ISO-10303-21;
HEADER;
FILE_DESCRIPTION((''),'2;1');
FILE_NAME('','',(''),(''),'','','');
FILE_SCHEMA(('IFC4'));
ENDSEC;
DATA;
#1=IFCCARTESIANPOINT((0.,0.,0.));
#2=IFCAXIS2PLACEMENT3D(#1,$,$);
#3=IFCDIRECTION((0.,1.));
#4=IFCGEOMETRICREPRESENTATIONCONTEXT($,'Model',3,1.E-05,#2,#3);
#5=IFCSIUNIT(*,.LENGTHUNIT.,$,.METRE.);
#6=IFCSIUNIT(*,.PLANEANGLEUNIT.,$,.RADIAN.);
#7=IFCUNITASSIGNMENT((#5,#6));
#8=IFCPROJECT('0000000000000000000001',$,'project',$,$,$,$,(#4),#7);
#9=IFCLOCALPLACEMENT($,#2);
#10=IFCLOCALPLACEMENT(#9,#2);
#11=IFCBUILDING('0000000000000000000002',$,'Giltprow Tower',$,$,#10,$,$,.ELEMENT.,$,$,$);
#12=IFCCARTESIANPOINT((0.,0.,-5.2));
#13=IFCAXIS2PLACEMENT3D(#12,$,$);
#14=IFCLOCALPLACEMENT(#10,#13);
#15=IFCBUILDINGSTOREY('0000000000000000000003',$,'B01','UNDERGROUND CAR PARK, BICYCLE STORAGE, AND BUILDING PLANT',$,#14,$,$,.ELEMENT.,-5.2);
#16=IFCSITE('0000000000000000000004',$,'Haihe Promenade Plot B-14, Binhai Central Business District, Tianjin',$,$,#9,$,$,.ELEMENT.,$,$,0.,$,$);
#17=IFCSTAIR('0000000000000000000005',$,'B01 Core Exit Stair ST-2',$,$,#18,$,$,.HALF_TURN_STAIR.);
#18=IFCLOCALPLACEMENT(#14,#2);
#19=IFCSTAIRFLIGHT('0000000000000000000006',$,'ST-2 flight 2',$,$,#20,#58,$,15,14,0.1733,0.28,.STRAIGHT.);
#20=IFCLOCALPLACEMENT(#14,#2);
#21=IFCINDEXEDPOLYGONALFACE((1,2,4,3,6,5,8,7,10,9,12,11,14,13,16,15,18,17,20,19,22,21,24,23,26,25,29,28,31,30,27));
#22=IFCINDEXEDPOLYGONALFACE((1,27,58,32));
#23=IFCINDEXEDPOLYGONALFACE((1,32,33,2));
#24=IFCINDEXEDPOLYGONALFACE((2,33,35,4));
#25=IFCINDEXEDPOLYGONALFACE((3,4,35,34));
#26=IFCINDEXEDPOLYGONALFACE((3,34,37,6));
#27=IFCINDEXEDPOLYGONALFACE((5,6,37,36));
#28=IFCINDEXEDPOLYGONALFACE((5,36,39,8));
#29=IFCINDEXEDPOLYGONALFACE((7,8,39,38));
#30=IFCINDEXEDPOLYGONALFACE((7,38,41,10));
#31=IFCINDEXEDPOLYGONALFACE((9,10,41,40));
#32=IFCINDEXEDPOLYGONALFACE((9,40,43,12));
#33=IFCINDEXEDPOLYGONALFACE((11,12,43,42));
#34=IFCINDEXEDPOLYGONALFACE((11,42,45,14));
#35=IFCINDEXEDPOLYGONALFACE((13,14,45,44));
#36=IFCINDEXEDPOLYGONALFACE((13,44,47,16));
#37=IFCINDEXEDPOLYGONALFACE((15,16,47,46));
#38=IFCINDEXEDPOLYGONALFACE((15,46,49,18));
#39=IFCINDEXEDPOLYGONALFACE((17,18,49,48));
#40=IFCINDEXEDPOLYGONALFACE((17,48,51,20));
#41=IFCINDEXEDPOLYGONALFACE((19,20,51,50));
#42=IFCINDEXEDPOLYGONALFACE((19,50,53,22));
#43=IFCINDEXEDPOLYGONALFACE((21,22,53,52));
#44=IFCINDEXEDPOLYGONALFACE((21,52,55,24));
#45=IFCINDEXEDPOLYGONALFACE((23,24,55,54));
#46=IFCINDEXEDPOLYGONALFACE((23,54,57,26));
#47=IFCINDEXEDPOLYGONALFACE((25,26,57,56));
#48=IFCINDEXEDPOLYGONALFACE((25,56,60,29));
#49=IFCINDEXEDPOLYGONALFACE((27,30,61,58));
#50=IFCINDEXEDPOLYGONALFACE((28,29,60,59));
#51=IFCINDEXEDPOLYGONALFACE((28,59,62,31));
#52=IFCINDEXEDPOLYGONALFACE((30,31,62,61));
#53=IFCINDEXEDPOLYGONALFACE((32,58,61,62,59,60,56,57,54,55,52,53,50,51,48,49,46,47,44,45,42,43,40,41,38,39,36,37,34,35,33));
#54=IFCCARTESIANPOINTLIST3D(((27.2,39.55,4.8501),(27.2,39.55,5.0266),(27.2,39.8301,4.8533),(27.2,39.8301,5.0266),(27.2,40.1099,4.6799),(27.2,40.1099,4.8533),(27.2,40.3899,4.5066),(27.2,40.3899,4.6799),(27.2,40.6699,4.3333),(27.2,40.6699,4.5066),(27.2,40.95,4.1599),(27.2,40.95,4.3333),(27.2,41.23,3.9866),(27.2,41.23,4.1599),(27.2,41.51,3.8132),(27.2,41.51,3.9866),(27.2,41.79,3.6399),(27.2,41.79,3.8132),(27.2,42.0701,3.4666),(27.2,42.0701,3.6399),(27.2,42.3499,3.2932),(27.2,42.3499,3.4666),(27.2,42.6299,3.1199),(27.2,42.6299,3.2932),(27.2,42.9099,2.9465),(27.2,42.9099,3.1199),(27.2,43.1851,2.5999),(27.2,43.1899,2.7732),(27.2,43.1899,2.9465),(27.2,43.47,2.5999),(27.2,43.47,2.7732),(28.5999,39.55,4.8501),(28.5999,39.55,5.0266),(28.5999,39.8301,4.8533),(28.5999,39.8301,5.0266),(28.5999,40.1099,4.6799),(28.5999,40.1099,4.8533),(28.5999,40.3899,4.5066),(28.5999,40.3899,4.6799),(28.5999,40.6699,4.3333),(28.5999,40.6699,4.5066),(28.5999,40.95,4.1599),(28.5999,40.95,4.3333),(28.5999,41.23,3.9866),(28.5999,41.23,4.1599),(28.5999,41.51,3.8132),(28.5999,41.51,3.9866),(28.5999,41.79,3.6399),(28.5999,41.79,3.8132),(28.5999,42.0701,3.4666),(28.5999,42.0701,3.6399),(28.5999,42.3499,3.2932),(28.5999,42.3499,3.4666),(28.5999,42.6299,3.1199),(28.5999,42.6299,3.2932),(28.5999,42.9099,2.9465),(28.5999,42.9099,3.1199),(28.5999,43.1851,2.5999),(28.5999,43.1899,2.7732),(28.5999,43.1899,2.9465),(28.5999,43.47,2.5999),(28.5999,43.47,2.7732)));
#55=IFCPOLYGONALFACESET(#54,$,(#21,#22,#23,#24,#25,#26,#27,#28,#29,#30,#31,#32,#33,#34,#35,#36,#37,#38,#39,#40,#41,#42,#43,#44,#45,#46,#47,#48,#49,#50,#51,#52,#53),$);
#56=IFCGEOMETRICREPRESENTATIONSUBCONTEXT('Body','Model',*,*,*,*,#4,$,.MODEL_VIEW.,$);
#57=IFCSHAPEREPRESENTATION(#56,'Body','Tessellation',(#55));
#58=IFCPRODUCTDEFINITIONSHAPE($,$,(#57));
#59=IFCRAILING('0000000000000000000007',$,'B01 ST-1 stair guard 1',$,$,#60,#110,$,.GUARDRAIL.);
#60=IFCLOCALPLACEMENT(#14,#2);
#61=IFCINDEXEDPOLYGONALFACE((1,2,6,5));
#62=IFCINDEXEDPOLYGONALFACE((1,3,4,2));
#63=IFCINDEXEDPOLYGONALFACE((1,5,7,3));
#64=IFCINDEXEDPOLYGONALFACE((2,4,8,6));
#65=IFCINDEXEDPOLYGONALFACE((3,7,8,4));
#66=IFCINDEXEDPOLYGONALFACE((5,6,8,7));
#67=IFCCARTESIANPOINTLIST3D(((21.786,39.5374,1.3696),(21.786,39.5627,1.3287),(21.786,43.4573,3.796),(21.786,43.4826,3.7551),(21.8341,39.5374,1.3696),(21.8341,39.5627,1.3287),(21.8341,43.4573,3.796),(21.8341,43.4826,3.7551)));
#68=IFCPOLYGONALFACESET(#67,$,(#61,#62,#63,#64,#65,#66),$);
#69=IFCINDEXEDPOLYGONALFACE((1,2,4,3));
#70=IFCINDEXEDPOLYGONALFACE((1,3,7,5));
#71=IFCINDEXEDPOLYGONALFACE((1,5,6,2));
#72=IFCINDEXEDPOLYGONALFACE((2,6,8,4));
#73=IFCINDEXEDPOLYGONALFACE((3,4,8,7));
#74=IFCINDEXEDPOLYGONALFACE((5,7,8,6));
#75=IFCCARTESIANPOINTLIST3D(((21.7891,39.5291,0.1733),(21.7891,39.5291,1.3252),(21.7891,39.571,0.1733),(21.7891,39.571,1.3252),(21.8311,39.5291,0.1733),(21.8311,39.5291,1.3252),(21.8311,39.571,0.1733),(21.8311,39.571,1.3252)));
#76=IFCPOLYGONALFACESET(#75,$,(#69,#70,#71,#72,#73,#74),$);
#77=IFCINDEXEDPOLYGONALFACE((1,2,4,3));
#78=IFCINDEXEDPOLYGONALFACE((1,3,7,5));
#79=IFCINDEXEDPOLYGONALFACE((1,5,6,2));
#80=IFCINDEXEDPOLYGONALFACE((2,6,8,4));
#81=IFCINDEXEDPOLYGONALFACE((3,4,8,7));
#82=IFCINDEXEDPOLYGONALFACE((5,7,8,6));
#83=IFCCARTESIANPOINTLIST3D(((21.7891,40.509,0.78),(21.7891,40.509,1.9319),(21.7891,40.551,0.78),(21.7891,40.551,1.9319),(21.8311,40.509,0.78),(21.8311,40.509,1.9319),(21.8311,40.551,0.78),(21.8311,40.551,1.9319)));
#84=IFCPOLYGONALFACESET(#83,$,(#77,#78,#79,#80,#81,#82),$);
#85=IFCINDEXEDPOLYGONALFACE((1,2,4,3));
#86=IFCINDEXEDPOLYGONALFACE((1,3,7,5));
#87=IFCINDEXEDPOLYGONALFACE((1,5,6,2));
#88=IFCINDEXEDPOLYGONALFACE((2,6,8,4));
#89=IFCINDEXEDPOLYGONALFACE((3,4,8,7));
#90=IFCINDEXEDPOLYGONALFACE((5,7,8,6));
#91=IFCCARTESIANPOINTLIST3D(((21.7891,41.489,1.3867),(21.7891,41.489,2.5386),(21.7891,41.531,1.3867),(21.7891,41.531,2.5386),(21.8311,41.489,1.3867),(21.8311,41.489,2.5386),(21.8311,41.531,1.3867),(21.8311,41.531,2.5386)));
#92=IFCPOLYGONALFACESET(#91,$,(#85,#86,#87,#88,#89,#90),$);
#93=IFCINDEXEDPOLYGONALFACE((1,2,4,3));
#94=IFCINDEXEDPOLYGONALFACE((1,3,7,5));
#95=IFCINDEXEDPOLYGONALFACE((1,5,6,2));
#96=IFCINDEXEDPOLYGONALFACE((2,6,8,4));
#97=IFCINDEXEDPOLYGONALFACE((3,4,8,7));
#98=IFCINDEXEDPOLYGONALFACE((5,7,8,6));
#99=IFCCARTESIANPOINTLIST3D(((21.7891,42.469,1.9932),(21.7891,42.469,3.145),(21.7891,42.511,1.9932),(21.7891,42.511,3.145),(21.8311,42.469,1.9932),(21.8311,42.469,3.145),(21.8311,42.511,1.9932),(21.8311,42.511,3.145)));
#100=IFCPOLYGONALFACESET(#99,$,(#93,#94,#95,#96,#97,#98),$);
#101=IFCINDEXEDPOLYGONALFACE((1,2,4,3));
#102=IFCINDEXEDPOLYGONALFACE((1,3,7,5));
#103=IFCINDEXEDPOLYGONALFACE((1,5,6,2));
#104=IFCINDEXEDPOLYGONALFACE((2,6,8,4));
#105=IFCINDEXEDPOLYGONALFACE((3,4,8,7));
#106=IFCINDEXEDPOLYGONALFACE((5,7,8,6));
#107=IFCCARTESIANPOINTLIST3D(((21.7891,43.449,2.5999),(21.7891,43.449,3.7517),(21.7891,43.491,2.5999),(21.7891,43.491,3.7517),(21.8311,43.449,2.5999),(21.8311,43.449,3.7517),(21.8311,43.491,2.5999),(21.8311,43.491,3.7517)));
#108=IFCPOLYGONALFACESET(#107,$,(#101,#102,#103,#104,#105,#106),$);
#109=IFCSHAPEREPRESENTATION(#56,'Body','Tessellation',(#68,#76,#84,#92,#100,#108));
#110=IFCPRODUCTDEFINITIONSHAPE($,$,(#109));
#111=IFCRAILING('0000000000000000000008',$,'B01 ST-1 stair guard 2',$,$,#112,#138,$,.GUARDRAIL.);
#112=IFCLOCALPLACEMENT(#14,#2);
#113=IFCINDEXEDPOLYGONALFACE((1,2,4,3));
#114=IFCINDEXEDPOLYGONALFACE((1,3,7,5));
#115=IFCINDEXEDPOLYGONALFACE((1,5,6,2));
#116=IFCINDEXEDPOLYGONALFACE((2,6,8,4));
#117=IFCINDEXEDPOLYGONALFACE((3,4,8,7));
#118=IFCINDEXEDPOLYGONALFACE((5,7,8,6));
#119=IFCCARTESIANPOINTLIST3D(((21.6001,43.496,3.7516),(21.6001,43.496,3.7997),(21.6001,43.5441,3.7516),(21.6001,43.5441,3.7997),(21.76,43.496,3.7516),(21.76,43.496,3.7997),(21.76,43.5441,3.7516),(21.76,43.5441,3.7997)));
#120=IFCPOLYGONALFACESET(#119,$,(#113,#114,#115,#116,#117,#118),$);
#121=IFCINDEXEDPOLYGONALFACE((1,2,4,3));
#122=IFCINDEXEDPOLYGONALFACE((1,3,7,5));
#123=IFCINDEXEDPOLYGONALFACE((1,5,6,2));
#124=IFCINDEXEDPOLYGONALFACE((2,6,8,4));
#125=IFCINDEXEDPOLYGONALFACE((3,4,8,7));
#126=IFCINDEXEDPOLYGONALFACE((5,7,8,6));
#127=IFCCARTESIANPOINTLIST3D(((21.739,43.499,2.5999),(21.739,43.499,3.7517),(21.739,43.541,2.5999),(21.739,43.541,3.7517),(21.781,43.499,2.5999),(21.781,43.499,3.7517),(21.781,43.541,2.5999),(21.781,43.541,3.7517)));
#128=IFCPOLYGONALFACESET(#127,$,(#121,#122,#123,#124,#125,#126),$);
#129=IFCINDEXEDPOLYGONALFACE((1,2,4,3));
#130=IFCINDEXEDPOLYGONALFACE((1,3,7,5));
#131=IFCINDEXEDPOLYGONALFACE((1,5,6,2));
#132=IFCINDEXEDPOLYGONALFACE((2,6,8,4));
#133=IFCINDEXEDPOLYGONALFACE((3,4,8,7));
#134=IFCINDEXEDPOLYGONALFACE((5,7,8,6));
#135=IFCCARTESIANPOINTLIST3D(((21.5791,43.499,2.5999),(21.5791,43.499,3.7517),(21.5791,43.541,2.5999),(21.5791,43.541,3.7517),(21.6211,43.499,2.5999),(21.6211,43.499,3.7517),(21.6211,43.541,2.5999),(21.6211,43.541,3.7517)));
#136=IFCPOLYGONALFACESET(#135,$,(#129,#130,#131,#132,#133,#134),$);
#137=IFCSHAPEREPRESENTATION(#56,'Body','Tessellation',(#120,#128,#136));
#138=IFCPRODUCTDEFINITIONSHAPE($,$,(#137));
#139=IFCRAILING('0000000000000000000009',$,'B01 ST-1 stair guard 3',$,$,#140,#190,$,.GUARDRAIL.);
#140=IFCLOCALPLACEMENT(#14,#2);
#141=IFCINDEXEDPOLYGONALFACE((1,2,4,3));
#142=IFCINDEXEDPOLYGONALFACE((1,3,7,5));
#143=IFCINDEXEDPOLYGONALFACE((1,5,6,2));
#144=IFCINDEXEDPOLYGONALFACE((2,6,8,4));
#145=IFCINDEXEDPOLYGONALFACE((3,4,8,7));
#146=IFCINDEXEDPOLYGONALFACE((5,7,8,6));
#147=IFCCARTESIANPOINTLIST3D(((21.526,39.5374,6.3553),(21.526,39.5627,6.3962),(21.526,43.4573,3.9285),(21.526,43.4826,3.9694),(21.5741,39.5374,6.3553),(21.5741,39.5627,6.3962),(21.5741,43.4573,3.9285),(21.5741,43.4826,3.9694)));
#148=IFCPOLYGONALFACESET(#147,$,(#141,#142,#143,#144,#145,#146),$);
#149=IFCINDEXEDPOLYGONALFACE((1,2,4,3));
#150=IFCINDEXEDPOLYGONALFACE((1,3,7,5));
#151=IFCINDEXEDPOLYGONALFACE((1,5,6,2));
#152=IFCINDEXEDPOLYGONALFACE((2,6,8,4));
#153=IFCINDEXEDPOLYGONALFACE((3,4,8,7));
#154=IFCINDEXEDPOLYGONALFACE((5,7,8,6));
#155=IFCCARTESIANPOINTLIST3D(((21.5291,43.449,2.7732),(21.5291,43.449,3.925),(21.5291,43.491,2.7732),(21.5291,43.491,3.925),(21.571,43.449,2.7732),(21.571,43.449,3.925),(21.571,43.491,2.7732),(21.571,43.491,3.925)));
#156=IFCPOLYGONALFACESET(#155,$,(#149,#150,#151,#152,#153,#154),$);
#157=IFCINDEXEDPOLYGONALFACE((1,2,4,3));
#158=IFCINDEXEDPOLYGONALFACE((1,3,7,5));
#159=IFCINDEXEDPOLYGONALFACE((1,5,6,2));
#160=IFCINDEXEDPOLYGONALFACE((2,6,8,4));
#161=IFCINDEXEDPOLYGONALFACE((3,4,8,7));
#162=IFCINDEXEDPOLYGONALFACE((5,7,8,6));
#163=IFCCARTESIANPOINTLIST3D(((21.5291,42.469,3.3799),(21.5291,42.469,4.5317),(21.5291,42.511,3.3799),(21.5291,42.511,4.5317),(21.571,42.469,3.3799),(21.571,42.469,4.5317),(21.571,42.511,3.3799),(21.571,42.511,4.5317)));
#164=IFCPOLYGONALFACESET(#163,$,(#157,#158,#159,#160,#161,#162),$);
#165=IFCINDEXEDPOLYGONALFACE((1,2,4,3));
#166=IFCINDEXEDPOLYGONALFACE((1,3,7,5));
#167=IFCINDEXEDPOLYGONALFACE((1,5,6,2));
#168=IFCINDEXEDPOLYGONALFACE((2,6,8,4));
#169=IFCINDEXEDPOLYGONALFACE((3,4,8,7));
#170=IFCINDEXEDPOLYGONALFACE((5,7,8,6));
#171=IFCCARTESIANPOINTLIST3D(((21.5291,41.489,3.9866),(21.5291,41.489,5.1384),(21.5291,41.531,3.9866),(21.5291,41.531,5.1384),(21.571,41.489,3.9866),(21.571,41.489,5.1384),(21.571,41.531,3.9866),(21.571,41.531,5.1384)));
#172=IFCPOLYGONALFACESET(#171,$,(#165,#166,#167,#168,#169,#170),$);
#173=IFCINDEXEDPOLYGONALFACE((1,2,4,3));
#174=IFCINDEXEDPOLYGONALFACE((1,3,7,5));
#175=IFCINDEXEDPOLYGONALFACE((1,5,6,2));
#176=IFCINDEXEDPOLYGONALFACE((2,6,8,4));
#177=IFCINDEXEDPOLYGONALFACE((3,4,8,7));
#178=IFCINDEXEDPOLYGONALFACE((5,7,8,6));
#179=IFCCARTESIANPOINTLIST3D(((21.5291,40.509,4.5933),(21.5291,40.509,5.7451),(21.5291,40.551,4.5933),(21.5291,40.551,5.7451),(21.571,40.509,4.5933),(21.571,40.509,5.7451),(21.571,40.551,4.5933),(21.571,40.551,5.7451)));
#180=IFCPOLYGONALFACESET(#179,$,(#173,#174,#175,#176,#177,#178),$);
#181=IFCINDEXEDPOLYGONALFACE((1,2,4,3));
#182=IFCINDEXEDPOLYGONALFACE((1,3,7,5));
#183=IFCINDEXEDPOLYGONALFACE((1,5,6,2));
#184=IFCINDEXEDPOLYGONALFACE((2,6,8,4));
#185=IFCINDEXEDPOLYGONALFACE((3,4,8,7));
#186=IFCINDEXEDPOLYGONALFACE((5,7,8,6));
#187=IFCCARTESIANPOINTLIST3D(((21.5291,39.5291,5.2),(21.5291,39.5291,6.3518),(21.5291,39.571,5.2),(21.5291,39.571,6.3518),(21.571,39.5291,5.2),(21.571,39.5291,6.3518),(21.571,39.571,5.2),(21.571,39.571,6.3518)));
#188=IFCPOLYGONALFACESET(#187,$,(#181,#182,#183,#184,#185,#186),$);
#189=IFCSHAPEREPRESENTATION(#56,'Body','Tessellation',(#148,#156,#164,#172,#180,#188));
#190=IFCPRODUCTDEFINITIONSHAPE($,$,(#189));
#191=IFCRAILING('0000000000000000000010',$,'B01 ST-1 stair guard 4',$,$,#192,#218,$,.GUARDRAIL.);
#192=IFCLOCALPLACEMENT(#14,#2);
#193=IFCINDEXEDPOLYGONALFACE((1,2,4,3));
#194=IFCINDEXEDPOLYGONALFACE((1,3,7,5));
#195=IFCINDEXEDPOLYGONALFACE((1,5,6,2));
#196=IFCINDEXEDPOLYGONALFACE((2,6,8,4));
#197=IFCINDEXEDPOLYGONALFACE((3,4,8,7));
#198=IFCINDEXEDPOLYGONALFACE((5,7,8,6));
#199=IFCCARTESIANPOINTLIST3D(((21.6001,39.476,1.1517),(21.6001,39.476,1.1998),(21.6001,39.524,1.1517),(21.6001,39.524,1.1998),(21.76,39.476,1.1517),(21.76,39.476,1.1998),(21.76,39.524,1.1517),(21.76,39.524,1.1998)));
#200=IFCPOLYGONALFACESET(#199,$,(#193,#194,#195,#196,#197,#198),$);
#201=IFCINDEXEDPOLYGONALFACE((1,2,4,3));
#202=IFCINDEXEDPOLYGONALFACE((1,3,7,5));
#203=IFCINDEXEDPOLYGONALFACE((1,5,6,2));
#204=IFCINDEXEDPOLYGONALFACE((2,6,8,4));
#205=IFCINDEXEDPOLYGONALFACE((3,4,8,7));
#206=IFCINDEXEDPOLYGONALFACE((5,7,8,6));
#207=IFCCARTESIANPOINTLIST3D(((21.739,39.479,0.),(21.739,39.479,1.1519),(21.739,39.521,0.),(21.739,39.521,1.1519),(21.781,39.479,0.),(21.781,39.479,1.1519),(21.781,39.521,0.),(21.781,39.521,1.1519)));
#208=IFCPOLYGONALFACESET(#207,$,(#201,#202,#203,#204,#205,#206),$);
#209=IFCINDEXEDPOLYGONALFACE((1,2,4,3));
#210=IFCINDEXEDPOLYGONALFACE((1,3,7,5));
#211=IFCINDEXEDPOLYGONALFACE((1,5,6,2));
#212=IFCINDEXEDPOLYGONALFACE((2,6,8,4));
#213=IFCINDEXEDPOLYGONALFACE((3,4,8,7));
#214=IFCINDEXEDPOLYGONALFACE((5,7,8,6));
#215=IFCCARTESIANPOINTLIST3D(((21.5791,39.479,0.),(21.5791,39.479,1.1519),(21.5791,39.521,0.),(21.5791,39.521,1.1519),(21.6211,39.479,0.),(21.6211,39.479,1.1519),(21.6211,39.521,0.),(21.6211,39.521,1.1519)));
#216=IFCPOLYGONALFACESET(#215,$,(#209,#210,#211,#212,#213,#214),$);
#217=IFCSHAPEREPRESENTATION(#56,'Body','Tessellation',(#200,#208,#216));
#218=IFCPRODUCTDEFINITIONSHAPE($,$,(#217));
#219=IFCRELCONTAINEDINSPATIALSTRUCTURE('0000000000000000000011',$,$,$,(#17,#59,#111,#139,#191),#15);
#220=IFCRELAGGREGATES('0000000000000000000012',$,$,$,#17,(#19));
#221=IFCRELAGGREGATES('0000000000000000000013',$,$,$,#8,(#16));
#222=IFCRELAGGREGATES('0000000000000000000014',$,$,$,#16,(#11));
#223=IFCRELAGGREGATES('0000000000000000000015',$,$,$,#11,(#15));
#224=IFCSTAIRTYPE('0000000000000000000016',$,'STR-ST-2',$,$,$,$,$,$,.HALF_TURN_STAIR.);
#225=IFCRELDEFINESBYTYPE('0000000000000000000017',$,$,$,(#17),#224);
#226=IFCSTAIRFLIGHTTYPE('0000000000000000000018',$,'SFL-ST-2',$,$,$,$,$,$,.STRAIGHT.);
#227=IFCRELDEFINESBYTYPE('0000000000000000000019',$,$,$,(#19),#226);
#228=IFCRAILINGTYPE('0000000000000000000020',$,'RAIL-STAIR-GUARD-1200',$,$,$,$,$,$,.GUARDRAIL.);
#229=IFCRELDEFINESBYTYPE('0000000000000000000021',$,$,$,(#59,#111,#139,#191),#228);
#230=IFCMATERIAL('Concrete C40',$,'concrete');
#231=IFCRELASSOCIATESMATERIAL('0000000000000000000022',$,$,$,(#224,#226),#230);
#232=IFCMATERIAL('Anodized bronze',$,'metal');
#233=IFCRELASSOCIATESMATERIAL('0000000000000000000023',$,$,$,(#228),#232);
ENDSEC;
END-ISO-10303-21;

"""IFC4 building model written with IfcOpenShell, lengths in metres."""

from ifc_helpers import new_model, si_unit, direction, frame, origin, origin_2d, place, context, subcontext, project, spatial, polyline, rectangle, outline, extrude, material, type_object, element, aggregate, save


model = new_model("IFC4")

# Units and contexts
model_context = context("Model", 3, precision=1e-05, world=origin(), true_north=direction((0.0, 1.0)))
body_context = subcontext(model_context, "Body", "Model", "MODEL_VIEW")
ifc_project = project(units=[si_unit("LENGTHUNIT", "METRE"), si_unit("PLANEANGLEUNIT", "RADIAN")], contexts=[model_context])

# Site, building, storey
site_placement = place(None, origin())
site = spatial("IfcSite", under=ifc_project, at=site_placement, Name="Haihe Promenade Plot B-14, Binhai Central Business District, Tianjin", CompositionType="ELEMENT", RefElevation=0.0)
building_placement = place(site_placement, origin())
building = spatial("IfcBuilding", under=site, at=building_placement, Name="Giltprow Tower", CompositionType="ELEMENT")
storey_placement = place(building_placement, frame((0.0, 0.0, -5.2)))
storey = spatial("IfcBuildingStorey", under=building, at=storey_placement, Name="B01", Description="UNDERGROUND CAR PARK, BICYCLE STORAGE, AND BUILDING PLANT", CompositionType="ELEMENT", Elevation=-5.2)

# Shared definitions
ifc_material_1 = material(Name="Concrete C40", Category="concrete")

# Stair, stair flight
stair_type_1 = type_object("IfcStairType", Name="STR-ST-2", PredefinedType="HALF_TURN_STAIR", material=ifc_material_1)
stair_1_placement = place(storey_placement, origin())
stair_1 = element("IfcStair", 1, at=stair_1_placement, inside=storey, type_object=stair_type_1, Name="B01 Core Exit Stair ST-2", PredefinedType="HALF_TURN_STAIR")
stair_flight_type_1 = type_object("IfcStairFlightType", Name="SFL-ST-2", PredefinedType="STRAIGHT", material=ifc_material_1)
stair_flight_1_placement = place(storey_placement, frame((27.8999, 43.47, 2.5999), z_axis=(0.0, 0.0, 1.0), x_axis=(0.0, -1.0, 0.0)))
stair_flight_1 = element("IfcStairFlight", 2, at=stair_flight_1_placement, type_object=stair_flight_type_1, Name="ST-2 flight 2", NumberOfRisers=15, NumberOfTreads=14, PredefinedType="STRAIGHT", RiserHeight=0.1733, TreadLength=0.28, context=body_context, shape_type="SweptSolid", body=[
    extrude(outline(polyline([(0.0, 0.0), (0.0, 0.1733), (0.28, 0.1733), (0.28, 0.3467), (0.5601, 0.3467), (0.5601, 0.52), (0.8401, 0.52), (0.8401, 0.6934), (1.1201, 0.6934), (1.1201, 0.8667), (1.3999, 0.8667), (1.3999, 1.04), (1.6799, 1.04), (1.6799, 1.2134), (1.96, 1.2134), (1.96, 1.3867), (2.24, 1.3867), (2.24, 1.5601), (2.52, 1.5601), (2.52, 1.7334), (2.8, 1.7334), (2.8, 1.9067), (3.0801, 1.9067), (3.0801, 2.0801), (3.3601, 2.0801), (3.3601, 2.2534), (3.6399, 2.2534), (3.6399, 2.4268), (3.9199, 2.4268), (3.9199, 2.6001), (3.9199, 2.2502), (0.2849, 0.0), (0.0, 0.0)])), frame((0.0, 0.7, 0.0), z_axis=(0.0, -1.0, 0.0), x_axis=(1.0, 0.0, 0.0)), (0.0, 0.0, 1.0), 1.3999),
])
aggregate(stair_1, [stair_flight_1])

# Railings
ifc_material_2 = material(Name="Anodized bronze", Category="metal")
railing_type_1 = type_object("IfcRailingType", Name="RAIL-STAIR-GUARD-1200", PredefinedType="GUARDRAIL", material=ifc_material_2)
railing_1_placement = place(storey_placement, frame((21.8101, 39.55, 0.1733)))
element("IfcRailing", 3, at=railing_1_placement, inside=storey, type_object=railing_type_1, Name="B01 ST-1 stair guard 1", PredefinedType="GUARDRAIL", context=body_context, shape_type="SweptSolid", body=[
    extrude(rectangle(XDim=0.0481, YDim=0.0481, at=origin_2d()), frame((0.0, 0.0, 1.1758), z_axis=(0.0, 0.850275, 0.526338), x_axis=(-1.0, 0.0, 0.0)), (0.0, 0.0, 1.0), 4.6101),
    extrude(rectangle(XDim=0.042, YDim=0.042, at=origin_2d()), origin(), (0.0, 0.0, 1.0), 1.1519),
    extrude(rectangle(XDim=0.042, YDim=0.042, at=origin_2d()), frame((0.0, 0.98, 0.6067)), (0.0, 0.0, 1.0), 1.1519),
    extrude(rectangle(XDim=0.042, YDim=0.042, at=origin_2d()), frame((0.0, 1.96, 1.2134)), (0.0, 0.0, 1.0), 1.1519),
    extrude(rectangle(XDim=0.042, YDim=0.042, at=origin_2d()), frame((0.0, 2.9399, 1.8198)), (0.0, 0.0, 1.0), 1.1519),
    extrude(rectangle(XDim=0.042, YDim=0.042, at=origin_2d()), frame((0.0, 3.9199, 2.4265)), (0.0, 0.0, 1.0), 1.1519),
])
railing_2_placement = place(storey_placement, frame((21.76, 43.52, 2.5999)))
element("IfcRailing", 4, at=railing_2_placement, inside=storey, type_object=railing_type_1, Name="B01 ST-1 stair guard 2", PredefinedType="GUARDRAIL", context=body_context, shape_type="SweptSolid", body=[
    extrude(rectangle(XDim=0.0481, YDim=0.0481, at=origin_2d()), frame((0.0, 0.0, 1.1758), z_axis=(-1.0, 0.0, 0.0), x_axis=(0.0, -1.0, 0.0)), (0.0, 0.0, 1.0), 0.1599),
    extrude(rectangle(XDim=0.042, YDim=0.042, at=origin_2d()), origin(), (0.0, 0.0, 1.0), 1.1519),
    extrude(rectangle(XDim=0.042, YDim=0.042, at=origin_2d()), frame((-0.1599, 0.0, 0.0)), (0.0, 0.0, 1.0), 1.1519),
])
railing_3_placement = place(storey_placement, frame((21.55, 43.47, 2.7732)))
element("IfcRailing", 5, at=railing_3_placement, inside=storey, type_object=railing_type_1, Name="B01 ST-1 stair guard 3", PredefinedType="GUARDRAIL", context=body_context, shape_type="SweptSolid", body=[
    extrude(rectangle(XDim=0.0481, YDim=0.0481, at=origin_2d()), frame((0.0, 0.0, 1.1758), z_axis=(0.0, -0.850252, 0.526376), x_axis=(1.0, 0.0, 0.0)), (0.0, 0.0, 1.0), 4.6104),
    extrude(rectangle(XDim=0.042, YDim=0.042, at=origin_2d()), origin(), (0.0, 0.0, 1.0), 1.1519),
    extrude(rectangle(XDim=0.042, YDim=0.042, at=origin_2d()), frame((0.0, -0.98, 0.6067)), (0.0, 0.0, 1.0), 1.1519),
    extrude(rectangle(XDim=0.042, YDim=0.042, at=origin_2d()), frame((0.0, -1.96, 1.2134)), (0.0, 0.0, 1.0), 1.1519),
    extrude(rectangle(XDim=0.042, YDim=0.042, at=origin_2d()), frame((0.0, -2.9399, 1.8201)), (0.0, 0.0, 1.0), 1.1519),
    extrude(rectangle(XDim=0.042, YDim=0.042, at=origin_2d()), frame((0.0, -3.9199, 2.4268)), (0.0, 0.0, 1.0), 1.1519),
])
railing_4_placement = place(storey_placement, frame((21.76, 39.5, 0.0)))
element("IfcRailing", 6, at=railing_4_placement, inside=storey, type_object=railing_type_1, Name="B01 ST-1 stair guard 4", PredefinedType="GUARDRAIL", context=body_context, shape_type="SweptSolid", body=[
    extrude(rectangle(XDim=0.0481, YDim=0.0481, at=origin_2d()), frame((0.0, 0.0, 1.1758), z_axis=(-1.0, 0.0, 0.0), x_axis=(0.0, -1.0, 0.0)), (0.0, 0.0, 1.0), 0.1599),
    extrude(rectangle(XDim=0.042, YDim=0.042, at=origin_2d()), origin(), (0.0, 0.0, 1.0), 1.1519),
    extrude(rectangle(XDim=0.042, YDim=0.042, at=origin_2d()), frame((-0.1599, 0.0, 0.0)), (0.0, 0.0, 1.0), 1.1519),
])

save(model, "model.ifc")
